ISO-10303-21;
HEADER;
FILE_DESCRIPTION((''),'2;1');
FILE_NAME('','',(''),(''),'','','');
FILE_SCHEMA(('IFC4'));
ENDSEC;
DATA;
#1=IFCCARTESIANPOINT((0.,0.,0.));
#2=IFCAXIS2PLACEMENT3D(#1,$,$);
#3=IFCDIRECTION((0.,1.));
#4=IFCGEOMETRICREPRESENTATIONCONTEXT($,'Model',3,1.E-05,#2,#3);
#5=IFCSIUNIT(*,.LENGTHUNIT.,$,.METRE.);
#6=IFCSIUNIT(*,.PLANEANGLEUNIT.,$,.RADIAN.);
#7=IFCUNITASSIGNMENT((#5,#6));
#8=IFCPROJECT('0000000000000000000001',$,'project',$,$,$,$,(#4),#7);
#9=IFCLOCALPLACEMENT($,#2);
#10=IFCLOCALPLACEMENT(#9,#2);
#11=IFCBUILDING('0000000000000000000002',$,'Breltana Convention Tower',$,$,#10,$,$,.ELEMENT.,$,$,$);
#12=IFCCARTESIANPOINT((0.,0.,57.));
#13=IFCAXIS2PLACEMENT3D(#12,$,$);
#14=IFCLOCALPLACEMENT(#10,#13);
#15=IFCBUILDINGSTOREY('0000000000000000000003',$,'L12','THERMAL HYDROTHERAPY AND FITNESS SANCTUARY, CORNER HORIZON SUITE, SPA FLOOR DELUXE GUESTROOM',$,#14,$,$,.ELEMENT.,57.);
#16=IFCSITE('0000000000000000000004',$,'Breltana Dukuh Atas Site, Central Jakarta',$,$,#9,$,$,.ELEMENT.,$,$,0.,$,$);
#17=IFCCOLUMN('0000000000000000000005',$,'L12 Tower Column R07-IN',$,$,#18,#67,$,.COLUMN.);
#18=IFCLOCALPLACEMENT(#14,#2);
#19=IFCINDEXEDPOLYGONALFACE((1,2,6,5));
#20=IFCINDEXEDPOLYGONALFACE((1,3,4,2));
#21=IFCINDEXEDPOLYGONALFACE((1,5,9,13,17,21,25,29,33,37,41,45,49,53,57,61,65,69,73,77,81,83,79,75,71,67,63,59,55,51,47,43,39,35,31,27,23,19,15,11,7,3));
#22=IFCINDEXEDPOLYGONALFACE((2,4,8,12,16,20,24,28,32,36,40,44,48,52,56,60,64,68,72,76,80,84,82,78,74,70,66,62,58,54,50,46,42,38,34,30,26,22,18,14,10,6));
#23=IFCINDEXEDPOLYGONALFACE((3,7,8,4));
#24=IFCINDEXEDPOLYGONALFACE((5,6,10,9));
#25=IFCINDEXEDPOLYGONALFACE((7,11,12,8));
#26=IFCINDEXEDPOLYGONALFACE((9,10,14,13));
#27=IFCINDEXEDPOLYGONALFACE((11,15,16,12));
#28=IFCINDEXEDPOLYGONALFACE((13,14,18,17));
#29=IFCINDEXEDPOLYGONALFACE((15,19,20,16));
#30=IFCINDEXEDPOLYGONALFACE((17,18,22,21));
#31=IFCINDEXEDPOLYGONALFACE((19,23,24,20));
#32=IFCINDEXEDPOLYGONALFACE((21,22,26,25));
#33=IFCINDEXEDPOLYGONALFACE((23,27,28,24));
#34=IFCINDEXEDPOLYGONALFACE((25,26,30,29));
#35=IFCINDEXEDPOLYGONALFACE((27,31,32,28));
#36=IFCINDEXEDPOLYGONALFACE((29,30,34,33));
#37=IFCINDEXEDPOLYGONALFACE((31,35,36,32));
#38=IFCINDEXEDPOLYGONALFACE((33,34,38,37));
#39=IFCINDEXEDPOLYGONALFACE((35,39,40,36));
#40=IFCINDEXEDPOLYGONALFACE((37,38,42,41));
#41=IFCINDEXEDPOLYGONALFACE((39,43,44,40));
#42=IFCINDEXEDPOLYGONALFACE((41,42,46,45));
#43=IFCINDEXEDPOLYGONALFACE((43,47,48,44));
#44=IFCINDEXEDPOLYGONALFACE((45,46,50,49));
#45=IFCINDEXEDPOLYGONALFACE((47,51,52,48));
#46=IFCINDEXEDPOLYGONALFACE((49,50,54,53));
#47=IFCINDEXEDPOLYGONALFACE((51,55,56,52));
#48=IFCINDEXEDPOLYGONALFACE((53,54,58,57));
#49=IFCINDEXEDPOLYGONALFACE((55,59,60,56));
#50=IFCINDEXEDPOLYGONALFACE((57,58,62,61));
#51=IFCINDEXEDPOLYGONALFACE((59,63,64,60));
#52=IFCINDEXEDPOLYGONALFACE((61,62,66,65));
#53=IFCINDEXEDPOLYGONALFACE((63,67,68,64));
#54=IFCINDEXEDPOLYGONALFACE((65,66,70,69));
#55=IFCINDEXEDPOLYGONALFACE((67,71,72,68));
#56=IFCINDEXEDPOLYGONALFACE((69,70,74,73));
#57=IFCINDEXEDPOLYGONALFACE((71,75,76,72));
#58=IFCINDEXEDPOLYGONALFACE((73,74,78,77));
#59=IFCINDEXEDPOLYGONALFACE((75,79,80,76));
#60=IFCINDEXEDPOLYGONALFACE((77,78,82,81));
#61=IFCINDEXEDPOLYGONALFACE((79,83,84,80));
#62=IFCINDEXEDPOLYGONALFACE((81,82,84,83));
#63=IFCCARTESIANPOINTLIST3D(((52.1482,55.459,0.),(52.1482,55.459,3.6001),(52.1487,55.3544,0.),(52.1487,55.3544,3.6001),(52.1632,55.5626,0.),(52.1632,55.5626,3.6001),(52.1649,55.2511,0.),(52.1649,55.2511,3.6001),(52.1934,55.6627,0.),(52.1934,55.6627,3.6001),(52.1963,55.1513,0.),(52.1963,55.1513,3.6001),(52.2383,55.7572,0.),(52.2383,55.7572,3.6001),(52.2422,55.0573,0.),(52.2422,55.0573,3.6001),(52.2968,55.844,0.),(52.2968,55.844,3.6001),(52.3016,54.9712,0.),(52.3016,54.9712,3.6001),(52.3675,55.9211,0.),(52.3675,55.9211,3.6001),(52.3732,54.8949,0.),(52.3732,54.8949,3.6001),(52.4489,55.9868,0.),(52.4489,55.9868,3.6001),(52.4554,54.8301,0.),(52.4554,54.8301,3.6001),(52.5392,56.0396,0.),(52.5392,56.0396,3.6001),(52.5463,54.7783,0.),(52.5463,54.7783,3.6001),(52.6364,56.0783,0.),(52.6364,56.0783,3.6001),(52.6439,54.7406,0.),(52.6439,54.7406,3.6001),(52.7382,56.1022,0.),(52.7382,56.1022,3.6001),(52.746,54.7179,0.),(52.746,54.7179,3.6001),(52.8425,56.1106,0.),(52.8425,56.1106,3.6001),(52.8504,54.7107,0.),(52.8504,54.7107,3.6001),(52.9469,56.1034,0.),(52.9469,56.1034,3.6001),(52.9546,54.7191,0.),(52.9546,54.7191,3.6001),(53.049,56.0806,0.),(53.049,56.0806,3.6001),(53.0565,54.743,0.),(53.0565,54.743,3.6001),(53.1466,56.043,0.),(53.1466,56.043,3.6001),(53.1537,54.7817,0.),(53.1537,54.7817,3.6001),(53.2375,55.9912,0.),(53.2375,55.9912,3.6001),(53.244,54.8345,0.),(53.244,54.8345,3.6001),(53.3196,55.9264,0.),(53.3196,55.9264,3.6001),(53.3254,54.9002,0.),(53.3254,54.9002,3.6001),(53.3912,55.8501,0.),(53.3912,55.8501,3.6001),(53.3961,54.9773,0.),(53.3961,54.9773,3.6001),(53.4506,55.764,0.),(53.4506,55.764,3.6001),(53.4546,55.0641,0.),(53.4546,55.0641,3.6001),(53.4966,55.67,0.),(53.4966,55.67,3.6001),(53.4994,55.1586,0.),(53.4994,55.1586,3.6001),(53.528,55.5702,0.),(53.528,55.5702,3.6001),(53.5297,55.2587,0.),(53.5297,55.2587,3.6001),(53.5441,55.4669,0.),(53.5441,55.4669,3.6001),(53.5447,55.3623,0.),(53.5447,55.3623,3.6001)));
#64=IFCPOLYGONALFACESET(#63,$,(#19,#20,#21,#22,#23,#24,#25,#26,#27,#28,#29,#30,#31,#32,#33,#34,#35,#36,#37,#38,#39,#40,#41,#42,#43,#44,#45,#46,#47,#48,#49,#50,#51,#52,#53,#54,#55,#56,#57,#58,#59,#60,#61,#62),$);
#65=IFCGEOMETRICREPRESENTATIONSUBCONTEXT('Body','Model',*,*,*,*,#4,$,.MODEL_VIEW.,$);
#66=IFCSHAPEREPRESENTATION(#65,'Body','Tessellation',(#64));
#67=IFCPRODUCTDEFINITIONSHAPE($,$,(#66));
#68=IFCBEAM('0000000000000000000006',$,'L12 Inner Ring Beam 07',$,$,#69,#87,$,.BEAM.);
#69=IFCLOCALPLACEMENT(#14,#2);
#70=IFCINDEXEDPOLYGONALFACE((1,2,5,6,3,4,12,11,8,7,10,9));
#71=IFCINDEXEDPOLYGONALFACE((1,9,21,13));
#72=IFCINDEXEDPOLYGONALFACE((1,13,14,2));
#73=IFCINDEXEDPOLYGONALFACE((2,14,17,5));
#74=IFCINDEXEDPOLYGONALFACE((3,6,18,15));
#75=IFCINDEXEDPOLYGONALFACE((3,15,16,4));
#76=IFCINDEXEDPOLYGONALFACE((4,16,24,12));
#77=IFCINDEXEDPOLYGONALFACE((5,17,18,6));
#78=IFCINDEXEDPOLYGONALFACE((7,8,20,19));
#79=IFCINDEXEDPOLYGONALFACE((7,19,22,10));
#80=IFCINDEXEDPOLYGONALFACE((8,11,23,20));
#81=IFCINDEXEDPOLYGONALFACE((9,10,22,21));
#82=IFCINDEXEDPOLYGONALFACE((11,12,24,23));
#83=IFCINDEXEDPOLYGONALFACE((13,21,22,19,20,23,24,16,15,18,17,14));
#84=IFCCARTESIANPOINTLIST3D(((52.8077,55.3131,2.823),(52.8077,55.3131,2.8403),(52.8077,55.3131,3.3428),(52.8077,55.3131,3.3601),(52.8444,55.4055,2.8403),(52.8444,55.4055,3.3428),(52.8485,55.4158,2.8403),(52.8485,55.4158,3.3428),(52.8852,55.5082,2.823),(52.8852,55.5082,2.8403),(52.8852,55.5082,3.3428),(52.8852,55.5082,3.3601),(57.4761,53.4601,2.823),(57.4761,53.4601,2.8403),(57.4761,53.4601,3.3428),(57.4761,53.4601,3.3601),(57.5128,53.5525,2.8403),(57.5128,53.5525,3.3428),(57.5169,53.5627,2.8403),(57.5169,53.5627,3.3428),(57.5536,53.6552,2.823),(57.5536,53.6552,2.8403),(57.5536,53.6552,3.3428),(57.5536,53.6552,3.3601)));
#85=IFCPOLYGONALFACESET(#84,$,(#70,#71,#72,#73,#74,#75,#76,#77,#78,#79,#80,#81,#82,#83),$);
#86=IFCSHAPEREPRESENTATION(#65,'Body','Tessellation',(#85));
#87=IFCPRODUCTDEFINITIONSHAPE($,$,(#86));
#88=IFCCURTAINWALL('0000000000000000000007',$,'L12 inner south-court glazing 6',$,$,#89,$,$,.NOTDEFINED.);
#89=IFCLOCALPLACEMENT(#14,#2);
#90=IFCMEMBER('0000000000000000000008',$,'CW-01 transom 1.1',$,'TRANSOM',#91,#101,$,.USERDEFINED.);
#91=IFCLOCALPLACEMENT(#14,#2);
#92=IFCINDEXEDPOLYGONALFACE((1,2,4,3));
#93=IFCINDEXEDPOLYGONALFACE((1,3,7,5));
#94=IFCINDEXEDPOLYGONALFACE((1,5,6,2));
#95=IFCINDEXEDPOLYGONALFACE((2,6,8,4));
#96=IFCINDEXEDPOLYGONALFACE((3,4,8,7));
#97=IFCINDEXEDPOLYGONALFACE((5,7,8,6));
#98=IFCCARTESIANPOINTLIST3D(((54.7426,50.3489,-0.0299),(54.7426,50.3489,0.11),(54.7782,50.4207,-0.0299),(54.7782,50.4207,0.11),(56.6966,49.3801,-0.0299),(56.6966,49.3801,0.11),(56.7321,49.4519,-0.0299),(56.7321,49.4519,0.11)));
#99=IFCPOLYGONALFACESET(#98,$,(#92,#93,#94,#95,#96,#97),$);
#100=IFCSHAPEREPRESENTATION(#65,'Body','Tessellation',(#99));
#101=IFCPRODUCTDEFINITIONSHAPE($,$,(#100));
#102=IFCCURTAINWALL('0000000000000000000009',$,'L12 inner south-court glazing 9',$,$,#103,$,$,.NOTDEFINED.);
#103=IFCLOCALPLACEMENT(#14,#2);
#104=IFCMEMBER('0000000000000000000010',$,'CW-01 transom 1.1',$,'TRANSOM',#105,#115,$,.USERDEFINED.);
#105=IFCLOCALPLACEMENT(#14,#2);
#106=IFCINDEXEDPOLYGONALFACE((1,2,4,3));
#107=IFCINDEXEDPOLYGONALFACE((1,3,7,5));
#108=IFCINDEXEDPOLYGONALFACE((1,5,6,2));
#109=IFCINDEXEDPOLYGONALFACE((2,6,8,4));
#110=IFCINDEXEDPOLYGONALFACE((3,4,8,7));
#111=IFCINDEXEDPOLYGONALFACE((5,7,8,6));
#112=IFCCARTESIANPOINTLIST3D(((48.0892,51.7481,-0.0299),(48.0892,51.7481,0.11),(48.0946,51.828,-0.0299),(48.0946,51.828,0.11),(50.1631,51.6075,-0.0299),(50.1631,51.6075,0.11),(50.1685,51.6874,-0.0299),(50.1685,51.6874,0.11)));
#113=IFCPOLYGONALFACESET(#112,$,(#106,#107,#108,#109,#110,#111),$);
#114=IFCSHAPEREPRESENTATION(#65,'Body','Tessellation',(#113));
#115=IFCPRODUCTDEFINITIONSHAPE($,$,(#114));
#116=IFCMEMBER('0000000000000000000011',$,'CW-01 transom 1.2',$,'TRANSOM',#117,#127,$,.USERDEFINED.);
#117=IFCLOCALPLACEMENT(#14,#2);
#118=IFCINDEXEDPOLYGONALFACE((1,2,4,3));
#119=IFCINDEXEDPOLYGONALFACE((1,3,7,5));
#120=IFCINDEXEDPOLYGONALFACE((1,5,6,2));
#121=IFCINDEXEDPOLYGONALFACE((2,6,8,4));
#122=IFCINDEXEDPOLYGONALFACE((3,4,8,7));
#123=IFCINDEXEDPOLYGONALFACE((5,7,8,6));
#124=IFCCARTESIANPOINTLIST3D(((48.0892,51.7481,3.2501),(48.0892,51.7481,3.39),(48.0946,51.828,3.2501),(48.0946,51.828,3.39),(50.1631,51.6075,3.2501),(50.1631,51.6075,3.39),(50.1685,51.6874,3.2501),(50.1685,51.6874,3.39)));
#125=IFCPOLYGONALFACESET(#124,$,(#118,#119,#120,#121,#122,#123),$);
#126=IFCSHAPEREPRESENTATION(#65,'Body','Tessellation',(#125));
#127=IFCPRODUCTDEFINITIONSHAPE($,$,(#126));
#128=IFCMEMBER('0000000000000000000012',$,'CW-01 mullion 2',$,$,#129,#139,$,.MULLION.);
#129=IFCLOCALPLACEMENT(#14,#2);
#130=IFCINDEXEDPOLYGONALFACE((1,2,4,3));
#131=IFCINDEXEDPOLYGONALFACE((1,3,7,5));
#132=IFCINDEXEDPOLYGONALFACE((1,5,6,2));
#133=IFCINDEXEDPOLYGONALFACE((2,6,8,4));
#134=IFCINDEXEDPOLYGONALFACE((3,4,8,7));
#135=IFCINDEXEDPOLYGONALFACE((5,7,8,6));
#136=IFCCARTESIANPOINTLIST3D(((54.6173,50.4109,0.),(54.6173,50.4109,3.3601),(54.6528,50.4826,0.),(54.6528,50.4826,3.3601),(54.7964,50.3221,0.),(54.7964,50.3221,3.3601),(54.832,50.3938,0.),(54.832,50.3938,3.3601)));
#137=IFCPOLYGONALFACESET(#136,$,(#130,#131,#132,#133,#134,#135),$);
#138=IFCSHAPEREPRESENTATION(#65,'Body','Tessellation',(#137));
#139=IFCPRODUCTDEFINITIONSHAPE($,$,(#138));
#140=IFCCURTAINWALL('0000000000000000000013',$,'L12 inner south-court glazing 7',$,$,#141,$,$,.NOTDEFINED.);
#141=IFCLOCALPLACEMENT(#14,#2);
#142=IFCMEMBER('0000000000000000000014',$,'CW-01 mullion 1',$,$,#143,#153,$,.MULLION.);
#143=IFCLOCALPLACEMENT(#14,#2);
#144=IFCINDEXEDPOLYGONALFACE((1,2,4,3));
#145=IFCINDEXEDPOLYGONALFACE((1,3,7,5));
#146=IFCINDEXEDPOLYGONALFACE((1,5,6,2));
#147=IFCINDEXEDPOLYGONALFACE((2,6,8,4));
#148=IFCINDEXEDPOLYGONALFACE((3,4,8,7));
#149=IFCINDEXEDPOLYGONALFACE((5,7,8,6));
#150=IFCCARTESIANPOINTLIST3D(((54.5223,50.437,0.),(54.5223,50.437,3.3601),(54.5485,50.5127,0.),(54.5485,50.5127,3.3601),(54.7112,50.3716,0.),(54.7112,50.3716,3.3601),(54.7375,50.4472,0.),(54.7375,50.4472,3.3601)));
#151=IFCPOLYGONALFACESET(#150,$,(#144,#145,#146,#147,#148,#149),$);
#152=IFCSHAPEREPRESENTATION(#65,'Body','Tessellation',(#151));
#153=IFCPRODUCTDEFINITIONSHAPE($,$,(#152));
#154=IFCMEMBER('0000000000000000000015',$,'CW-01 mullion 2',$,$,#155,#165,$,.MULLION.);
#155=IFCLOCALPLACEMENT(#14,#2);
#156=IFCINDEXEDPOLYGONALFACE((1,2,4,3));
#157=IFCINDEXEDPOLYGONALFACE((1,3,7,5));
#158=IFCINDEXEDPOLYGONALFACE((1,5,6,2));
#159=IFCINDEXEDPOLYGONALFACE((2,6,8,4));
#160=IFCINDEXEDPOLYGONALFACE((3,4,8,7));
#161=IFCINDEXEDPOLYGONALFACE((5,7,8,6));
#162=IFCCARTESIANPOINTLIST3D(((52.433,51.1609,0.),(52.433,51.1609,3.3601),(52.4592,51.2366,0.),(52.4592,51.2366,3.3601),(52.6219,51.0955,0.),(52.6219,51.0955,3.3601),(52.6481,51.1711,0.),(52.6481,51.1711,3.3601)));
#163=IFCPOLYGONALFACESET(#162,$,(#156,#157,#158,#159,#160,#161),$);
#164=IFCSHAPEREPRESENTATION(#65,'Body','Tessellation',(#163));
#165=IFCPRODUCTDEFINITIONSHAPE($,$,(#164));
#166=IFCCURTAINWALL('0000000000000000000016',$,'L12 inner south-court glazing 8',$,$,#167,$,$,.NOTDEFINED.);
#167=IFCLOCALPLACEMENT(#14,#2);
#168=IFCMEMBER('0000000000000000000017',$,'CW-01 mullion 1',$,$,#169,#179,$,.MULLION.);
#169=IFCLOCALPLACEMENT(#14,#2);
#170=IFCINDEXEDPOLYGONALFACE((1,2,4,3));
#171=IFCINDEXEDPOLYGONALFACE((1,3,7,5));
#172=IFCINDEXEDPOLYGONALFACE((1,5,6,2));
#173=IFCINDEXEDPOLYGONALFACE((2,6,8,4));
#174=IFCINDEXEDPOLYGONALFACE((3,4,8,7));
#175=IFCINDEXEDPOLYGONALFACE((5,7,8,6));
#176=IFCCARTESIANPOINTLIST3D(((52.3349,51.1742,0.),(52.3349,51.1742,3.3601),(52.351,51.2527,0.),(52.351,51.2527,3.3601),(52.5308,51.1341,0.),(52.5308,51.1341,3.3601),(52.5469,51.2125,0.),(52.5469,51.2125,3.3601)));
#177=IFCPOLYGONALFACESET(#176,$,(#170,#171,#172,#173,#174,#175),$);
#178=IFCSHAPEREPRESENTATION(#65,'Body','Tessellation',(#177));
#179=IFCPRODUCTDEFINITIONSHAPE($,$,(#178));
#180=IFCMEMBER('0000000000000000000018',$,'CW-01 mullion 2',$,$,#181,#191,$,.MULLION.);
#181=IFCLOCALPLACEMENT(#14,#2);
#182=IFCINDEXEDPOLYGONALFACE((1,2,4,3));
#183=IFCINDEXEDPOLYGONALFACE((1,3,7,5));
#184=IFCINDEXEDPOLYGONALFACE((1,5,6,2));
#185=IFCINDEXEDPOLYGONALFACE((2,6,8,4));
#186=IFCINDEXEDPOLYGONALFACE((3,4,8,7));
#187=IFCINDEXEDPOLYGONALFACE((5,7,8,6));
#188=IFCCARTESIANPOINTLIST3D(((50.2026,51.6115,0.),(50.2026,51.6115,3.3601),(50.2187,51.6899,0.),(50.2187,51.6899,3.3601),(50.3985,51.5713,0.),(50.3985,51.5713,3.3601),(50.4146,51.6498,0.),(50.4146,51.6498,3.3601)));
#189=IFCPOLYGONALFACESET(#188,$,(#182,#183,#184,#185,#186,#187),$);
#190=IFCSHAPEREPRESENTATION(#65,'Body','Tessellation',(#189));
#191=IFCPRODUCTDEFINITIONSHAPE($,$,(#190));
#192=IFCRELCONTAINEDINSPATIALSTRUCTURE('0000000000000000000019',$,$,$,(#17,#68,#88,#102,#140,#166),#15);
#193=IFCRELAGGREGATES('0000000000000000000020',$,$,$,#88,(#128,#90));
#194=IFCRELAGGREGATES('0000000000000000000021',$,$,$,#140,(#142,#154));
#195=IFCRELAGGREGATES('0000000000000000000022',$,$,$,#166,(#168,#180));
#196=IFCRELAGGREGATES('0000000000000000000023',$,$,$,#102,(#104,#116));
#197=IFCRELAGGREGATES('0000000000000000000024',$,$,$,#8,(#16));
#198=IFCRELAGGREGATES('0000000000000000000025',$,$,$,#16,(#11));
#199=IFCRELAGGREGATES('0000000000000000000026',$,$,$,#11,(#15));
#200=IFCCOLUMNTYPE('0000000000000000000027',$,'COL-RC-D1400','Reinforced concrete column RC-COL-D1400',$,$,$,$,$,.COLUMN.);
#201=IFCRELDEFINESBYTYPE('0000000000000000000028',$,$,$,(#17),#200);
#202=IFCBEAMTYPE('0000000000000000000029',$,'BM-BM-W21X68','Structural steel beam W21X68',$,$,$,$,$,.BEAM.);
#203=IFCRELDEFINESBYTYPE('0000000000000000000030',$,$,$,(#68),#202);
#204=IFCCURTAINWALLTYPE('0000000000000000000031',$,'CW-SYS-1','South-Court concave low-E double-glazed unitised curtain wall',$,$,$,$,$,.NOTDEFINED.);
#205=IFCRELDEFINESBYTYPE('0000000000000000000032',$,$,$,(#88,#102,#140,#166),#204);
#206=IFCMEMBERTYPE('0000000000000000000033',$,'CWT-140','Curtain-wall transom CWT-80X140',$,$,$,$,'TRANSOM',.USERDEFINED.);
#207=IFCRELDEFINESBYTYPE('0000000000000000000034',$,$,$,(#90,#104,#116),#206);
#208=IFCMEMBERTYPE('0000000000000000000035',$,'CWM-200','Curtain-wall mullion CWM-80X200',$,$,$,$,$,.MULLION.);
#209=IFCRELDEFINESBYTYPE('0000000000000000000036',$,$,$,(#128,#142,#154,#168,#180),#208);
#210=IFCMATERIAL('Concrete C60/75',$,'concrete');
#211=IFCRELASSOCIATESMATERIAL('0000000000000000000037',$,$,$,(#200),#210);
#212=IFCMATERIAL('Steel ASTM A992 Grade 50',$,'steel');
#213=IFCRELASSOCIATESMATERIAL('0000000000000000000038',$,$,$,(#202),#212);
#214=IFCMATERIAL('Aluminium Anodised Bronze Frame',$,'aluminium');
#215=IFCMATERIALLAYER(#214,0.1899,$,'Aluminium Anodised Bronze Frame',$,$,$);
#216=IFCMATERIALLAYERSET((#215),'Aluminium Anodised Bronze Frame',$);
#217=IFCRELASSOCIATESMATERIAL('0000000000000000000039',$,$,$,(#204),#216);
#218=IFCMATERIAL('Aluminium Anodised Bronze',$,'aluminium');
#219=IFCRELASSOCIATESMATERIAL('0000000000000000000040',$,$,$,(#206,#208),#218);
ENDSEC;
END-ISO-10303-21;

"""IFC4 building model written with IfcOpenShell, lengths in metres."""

from ifc_helpers import new_model, si_unit, direction, frame, origin, origin_2d, place, context, subcontext, project, spatial, rectangle, circle, i_section, extrude, source, transform, mapped, material, layer, layer_set, material_profile, profile_set, type_object, element, aggregate, save


model = new_model("IFC4")

# Units and contexts
model_context = context("Model", 3, precision=1e-05, world=origin(), true_north=direction((0.0, 1.0)))
body_context = subcontext(model_context, "Body", "Model", "MODEL_VIEW")
ifc_project = project(units=[si_unit("LENGTHUNIT", "METRE"), si_unit("PLANEANGLEUNIT", "RADIAN")], contexts=[model_context])

# Site, building, storey
site_placement = place(None, origin())
site = spatial("IfcSite", under=ifc_project, at=site_placement, Name="Breltana Dukuh Atas Site, Central Jakarta", CompositionType="ELEMENT", RefElevation=0.0)
building_placement = place(site_placement, origin())
building = spatial("IfcBuilding", under=site, at=building_placement, Name="Breltana Convention Tower", CompositionType="ELEMENT")
storey_placement = place(building_placement, frame((0.0, 0.0, 57.0)))
storey = spatial("IfcBuildingStorey", under=building, at=storey_placement, Name="L12", Description="THERMAL HYDROTHERAPY AND FITNESS SANCTUARY, CORNER HORIZON SUITE, SPA FLOOR DELUXE GUESTROOM", CompositionType="ELEMENT", Elevation=57.0)

# Column
ifc_material_1 = material(Name="Concrete C60/75", Category="concrete")
ifc_material_profile_1 = material_profile(ifc_material_1, circle(Radius=0.7, at=origin_2d()), Name="RC-COL-D1400")
ifc_profile_set_1 = profile_set([ifc_material_profile_1], Name="Concrete C60/75")
column_type = type_object("IfcColumnType", Name="COL-RC-D1400", Description="Reinforced concrete column RC-COL-D1400", PredefinedType="COLUMN", material=ifc_profile_set_1)
shared_shape_1 = source(origin(), body_context, "Body", "SweptSolid", [
    extrude(circle(Radius=0.7, at=origin_2d()), origin(), (0.0, 0.0, 1.0), 3.6001),
])
column_placement = place(storey_placement, frame((52.8464, 55.4106, 0.0), z_axis=(0.0, 0.0, 1.0), x_axis=(0.143493, 0.989651, 0.0)))
element("IfcColumn", 1, at=column_placement, inside=storey, type_object=column_type, Name="L12 Tower Column R07-IN", PredefinedType="COLUMN", context=body_context, shape_type="MappedRepresentation", body=[
    mapped(shared_shape_1, transform((0.0, 0.0, 0.0), scale=1.0)),
])

# Beam
ifc_material_2 = material(Name="Steel ASTM A992 Grade 50", Category="steel")
ifc_material_profile_2 = material_profile(ifc_material_2, i_section(OverallWidth=0.21, OverallDepth=0.5371, WebThickness=0.011, FlangeThickness=0.0173, at=origin_2d()), Name="W21X68")
ifc_profile_set_2 = profile_set([ifc_material_profile_2], Name="Steel ASTM A992 Grade 50")
beam_type = type_object("IfcBeamType", Name="BM-BM-W21X68", Description="Structural steel beam W21X68", PredefinedType="BEAM", material=ifc_profile_set_2)
shared_shape_2 = source(origin(), body_context, "Body", "SweptSolid", [
    extrude(i_section(OverallWidth=0.21, OverallDepth=0.5371, WebThickness=0.011, FlangeThickness=0.0173, at=origin_2d()), origin(), (0.0, 0.0, 1.0), 5.0227),
])
beam_placement = place(storey_placement, frame((52.8464, 55.4106, 3.0916), z_axis=(0.929459, -0.368926, 0.0), x_axis=(0.368926, 0.929459, 0.0)))
element("IfcBeam", 2, at=beam_placement, inside=storey, type_object=beam_type, Name="L12 Inner Ring Beam 07", PredefinedType="BEAM", context=body_context, shape_type="MappedRepresentation", body=[
    mapped(shared_shape_2, transform((0.0, 0.0, 0.0), scale=1.0)),
])

# Curtain wall, member
ifc_material_3 = material(Name="Aluminium Anodised Bronze Frame", Category="aluminium")
ifc_layer_1 = layer(ifc_material_3, 0.1899, Name="Aluminium Anodised Bronze Frame")
ifc_layer_set_1 = layer_set([ifc_layer_1], Name="Aluminium Anodised Bronze Frame")
curtain_wall_type = type_object("IfcCurtainWallType", Name="CW-SYS-1", Description="South-Court concave low-E double-glazed unitised curtain wall", PredefinedType="NOTDEFINED", material=ifc_layer_set_1)
curtain_wall_1_placement = place(storey_placement, origin())
curtain_wall_1 = element("IfcCurtainWall", 3, at=curtain_wall_1_placement, inside=storey, type_object=curtain_wall_type, Name="L12 inner south-court glazing 6", PredefinedType="NOTDEFINED")
ifc_material_4 = material(Name="Aluminium Anodised Bronze", Category="aluminium")
ifc_material_profile_3 = material_profile(ifc_material_4, rectangle(XDim=0.0801, YDim=0.1399, at=origin_2d()), Name="CWT-80X140")
ifc_profile_set_3 = profile_set([ifc_material_profile_3], Name="Aluminium Anodised Bronze")
member_type_1 = type_object("IfcMemberType", Name="CWT-140", Description="Curtain-wall transom CWT-80X140", ElementType="TRANSOM", PredefinedType="USERDEFINED", material=ifc_profile_set_3)
shared_shape_3 = source(origin(), body_context, "Body", "SweptSolid", [
    extrude(rectangle(XDim=0.0801, YDim=0.1399, at=origin_2d()), origin(), (0.0, 0.0, 1.0), 2.1809),
])
member_1_placement = place(storey_placement, frame((56.7144, 49.416, 0.04), z_axis=(-0.895922, 0.444211, 0.0), x_axis=(-0.444211, -0.895922, 0.0)))
member_1 = element("IfcMember", 4, at=member_1_placement, type_object=member_type_1, Name="CW-01 transom 1.1", ObjectType="TRANSOM", PredefinedType="USERDEFINED", context=body_context, shape_type="MappedRepresentation", body=[
    mapped(shared_shape_3, transform((0.0, 0.0, 0.0), scale=1.0)),
])

# Curtain wall, members
curtain_wall_2_placement = place(storey_placement, origin())
curtain_wall_2 = element("IfcCurtainWall", 5, at=curtain_wall_2_placement, inside=storey, type_object=curtain_wall_type, Name="L12 inner south-court glazing 9", PredefinedType="NOTDEFINED")
shared_shape_4 = source(origin(), body_context, "Body", "SweptSolid", [
    extrude(rectangle(XDim=0.0801, YDim=0.1399, at=origin_2d()), origin(), (0.0, 0.0, 1.0), 2.0786),
])
member_2_placement = place(storey_placement, frame((50.1658, 51.6475, 0.04), z_axis=(-0.997709, 0.067657, 0.0), x_axis=(-0.067657, -0.997709, 0.0)))
member_2 = element("IfcMember", 6, at=member_2_placement, type_object=member_type_1, Name="CW-01 transom 1.1", ObjectType="TRANSOM", PredefinedType="USERDEFINED", context=body_context, shape_type="MappedRepresentation", body=[
    mapped(shared_shape_4, transform((0.0, 0.0, 0.0), scale=1.0)),
])
member_3_placement = place(storey_placement, frame((50.1658, 51.6475, 3.3201), z_axis=(-0.997709, 0.067657, 0.0), x_axis=(-0.067657, -0.997709, 0.0)))
member_3 = element("IfcMember", 7, at=member_3_placement, type_object=member_type_1, Name="CW-01 transom 1.2", ObjectType="TRANSOM", PredefinedType="USERDEFINED", context=body_context, shape_type="MappedRepresentation", body=[
    mapped(shared_shape_4, transform((0.0, 0.0, 0.0), scale=1.0)),
])

# Member
ifc_material_profile_4 = material_profile(ifc_material_4, rectangle(XDim=0.0801, YDim=0.2, at=origin_2d()), Name="CWM-80X200")
ifc_profile_set_4 = profile_set([ifc_material_profile_4], Name="Aluminium Anodised Bronze")
member_type_2 = type_object("IfcMemberType", Name="CWM-200", Description="Curtain-wall mullion CWM-80X200", PredefinedType="MULLION", material=ifc_profile_set_4)
shared_shape_5 = source(origin(), body_context, "Body", "SweptSolid", [
    extrude(rectangle(XDim=0.0801, YDim=0.2, at=origin_2d()), origin(), (0.0, 0.0, 1.0), 3.3601),
])
member_4_placement = place(storey_placement, frame((54.7246, 50.4023, 0.0), z_axis=(0.0, 0.0, 1.0), x_axis=(-0.444118, -0.895968, 0.0)))
member_4 = element("IfcMember", 8, at=member_4_placement, type_object=member_type_2, Name="CW-01 mullion 2", PredefinedType="MULLION", context=body_context, shape_type="MappedRepresentation", body=[
    mapped(shared_shape_5, transform((0.0, 0.0, 0.0), scale=1.0)),
])

# Curtain walls, members
curtain_wall_3_placement = place(storey_placement, origin())
curtain_wall_3 = element("IfcCurtainWall", 9, at=curtain_wall_3_placement, inside=storey, type_object=curtain_wall_type, Name="L12 inner south-court glazing 7", PredefinedType="NOTDEFINED")
member_5_placement = place(storey_placement, frame((54.6299, 50.4421, 0.0), z_axis=(0.0, 0.0, 1.0), x_axis=(-0.327413, -0.944881, 0.0)))
member_5 = element("IfcMember", 10, at=member_5_placement, type_object=member_type_2, Name="CW-01 mullion 1", PredefinedType="MULLION", context=body_context, shape_type="MappedRepresentation", body=[
    mapped(shared_shape_5, transform((0.0, 0.0, 0.0), scale=1.0)),
])
member_6_placement = place(storey_placement, frame((52.5405, 51.166, 0.0), z_axis=(0.0, 0.0, 1.0), x_axis=(-0.327413, -0.944881, 0.0)))
member_6 = element("IfcMember", 11, at=member_6_placement, type_object=member_type_2, Name="CW-01 mullion 2", PredefinedType="MULLION", context=body_context, shape_type="MappedRepresentation", body=[
    mapped(shared_shape_5, transform((0.0, 0.0, 0.0), scale=1.0)),
])
curtain_wall_4_placement = place(storey_placement, origin())
curtain_wall_4 = element("IfcCurtainWall", 12, at=curtain_wall_4_placement, inside=storey, type_object=curtain_wall_type, Name="L12 inner south-court glazing 8", PredefinedType="NOTDEFINED")
member_7_placement = place(storey_placement, frame((52.4409, 51.1934, 0.0), z_axis=(0.0, 0.0, 1.0), x_axis=(-0.200886, -0.979615, 0.0)))
member_7 = element("IfcMember", 13, at=member_7_placement, type_object=member_type_2, Name="CW-01 mullion 1", PredefinedType="MULLION", context=body_context, shape_type="MappedRepresentation", body=[
    mapped(shared_shape_5, transform((0.0, 0.0, 0.0), scale=1.0)),
])
member_8_placement = place(storey_placement, frame((50.3086, 51.6306, 0.0), z_axis=(0.0, 0.0, 1.0), x_axis=(-0.200886, -0.979615, 0.0)))
member_8 = element("IfcMember", 14, at=member_8_placement, type_object=member_type_2, Name="CW-01 mullion 2", PredefinedType="MULLION", context=body_context, shape_type="MappedRepresentation", body=[
    mapped(shared_shape_5, transform((0.0, 0.0, 0.0), scale=1.0)),
])

aggregate(curtain_wall_1, [member_4, member_1])
aggregate(curtain_wall_3, [member_5, member_6])
aggregate(curtain_wall_4, [member_7, member_8])
aggregate(curtain_wall_2, [member_2, member_3])

save(model, "model.ifc")
